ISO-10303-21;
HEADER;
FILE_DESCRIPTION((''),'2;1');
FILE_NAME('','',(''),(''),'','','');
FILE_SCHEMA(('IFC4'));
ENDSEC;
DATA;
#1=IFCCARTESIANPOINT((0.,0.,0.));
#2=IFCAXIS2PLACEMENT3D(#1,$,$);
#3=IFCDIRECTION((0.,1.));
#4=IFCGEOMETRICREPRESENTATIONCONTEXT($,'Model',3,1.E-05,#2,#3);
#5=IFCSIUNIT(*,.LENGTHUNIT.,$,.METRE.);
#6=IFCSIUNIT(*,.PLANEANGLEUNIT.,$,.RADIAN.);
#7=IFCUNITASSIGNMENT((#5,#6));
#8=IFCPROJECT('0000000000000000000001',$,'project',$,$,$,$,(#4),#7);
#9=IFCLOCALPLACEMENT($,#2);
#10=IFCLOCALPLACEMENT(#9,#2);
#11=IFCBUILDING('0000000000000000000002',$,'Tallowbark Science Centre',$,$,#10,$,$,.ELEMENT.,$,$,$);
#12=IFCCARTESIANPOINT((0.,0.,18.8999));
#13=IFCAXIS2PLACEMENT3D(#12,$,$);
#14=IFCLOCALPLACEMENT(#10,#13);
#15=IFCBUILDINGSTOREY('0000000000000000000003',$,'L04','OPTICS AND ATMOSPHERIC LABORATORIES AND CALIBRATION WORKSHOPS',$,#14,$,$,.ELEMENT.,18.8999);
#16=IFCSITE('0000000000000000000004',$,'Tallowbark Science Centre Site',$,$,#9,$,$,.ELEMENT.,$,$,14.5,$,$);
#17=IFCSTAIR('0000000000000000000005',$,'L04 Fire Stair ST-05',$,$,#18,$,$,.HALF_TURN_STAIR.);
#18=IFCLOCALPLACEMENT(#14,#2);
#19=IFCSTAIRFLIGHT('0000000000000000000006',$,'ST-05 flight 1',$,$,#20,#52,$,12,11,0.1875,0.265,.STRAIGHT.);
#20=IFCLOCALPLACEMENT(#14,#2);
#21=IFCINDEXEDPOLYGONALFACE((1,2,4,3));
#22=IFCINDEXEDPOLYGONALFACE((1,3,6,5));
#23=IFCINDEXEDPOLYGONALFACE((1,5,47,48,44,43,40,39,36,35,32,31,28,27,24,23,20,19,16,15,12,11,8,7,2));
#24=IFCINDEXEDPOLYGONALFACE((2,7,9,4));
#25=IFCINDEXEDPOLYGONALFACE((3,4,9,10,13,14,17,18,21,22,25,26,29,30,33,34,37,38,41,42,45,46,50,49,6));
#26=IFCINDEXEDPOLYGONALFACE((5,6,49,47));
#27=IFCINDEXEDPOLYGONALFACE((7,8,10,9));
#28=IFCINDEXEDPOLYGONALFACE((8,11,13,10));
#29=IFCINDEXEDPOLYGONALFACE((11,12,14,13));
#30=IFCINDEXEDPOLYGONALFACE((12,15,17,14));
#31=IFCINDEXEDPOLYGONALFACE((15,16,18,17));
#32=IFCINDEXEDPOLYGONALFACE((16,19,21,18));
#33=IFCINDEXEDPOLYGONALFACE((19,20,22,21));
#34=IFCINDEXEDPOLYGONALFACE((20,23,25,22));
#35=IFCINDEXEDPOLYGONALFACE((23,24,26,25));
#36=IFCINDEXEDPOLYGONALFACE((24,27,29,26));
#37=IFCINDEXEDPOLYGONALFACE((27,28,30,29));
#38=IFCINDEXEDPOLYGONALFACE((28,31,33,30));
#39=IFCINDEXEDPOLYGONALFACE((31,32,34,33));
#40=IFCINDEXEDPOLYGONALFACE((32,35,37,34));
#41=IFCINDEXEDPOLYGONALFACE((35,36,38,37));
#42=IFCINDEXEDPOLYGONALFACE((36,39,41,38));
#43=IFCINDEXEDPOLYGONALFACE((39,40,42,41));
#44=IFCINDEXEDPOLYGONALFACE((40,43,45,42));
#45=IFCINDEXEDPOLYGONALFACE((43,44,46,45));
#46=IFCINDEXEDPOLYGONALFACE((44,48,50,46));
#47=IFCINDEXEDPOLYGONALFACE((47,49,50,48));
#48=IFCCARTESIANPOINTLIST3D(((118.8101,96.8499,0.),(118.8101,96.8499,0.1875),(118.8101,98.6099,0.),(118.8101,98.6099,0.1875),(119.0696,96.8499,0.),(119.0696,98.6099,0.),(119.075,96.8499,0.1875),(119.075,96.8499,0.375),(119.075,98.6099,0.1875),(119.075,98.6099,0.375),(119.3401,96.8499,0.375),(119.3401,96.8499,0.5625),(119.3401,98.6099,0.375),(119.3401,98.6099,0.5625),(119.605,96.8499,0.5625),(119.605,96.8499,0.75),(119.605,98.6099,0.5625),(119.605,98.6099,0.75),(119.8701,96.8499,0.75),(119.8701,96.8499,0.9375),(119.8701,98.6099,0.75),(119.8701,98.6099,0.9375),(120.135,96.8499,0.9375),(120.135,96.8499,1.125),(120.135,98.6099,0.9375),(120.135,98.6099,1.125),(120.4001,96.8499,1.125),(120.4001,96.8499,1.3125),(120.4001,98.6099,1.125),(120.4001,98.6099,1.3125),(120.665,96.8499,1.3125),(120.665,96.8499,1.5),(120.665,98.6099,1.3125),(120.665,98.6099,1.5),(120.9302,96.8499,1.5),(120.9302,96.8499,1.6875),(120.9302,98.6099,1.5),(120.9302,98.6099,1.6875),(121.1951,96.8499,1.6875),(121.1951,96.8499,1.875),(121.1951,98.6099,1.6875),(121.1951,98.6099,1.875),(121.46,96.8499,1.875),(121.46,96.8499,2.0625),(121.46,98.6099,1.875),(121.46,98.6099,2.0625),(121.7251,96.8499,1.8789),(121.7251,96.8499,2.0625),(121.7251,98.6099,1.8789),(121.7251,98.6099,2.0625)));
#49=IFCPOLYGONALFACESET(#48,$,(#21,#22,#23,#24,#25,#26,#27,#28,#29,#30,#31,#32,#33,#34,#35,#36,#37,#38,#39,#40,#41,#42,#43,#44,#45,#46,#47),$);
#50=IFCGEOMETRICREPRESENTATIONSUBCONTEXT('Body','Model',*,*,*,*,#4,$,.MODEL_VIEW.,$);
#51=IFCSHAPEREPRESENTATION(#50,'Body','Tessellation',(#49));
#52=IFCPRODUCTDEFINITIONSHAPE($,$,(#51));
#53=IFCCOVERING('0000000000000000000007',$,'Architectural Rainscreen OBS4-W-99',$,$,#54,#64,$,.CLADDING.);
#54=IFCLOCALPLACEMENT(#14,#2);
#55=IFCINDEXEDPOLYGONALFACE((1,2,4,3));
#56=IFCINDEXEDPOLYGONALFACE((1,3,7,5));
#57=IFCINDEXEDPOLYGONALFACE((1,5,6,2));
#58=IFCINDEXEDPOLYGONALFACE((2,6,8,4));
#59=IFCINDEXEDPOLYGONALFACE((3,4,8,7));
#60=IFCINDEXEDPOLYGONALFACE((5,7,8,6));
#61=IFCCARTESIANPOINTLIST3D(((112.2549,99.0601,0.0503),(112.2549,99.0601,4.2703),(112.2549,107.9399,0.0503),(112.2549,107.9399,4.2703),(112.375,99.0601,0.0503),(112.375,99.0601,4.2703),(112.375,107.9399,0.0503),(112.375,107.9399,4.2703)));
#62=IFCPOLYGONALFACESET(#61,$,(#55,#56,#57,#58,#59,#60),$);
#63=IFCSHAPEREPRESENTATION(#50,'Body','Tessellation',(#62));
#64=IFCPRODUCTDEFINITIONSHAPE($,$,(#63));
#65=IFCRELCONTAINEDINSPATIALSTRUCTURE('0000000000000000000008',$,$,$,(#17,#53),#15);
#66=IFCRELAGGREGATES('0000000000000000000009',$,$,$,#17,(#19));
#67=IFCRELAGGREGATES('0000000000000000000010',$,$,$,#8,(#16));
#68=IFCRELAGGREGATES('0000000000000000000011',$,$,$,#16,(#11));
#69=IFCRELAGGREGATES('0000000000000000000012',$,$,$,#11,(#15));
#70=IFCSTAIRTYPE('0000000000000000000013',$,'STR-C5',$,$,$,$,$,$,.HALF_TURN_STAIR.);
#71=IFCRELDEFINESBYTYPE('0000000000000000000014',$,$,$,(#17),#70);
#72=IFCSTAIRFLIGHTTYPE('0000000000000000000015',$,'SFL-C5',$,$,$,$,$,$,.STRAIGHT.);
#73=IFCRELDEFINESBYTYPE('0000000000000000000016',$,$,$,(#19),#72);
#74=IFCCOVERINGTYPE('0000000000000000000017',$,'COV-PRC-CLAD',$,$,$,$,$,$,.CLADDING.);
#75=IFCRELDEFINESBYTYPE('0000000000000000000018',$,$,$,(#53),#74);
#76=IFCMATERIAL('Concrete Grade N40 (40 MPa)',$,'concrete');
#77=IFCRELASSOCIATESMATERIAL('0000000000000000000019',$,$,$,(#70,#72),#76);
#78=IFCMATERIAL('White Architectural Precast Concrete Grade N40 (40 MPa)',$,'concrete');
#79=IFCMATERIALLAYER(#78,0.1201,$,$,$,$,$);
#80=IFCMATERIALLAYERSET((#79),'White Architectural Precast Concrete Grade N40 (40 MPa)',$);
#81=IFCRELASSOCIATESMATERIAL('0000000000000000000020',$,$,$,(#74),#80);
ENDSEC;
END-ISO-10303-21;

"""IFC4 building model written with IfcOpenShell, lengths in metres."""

from ifc_helpers import new_model, si_unit, direction, frame, origin, origin_2d, place, context, subcontext, project, spatial, polyline, rectangle, outline, extrude, material, layer, layer_set, type_object, element, aggregate, save


model = new_model("IFC4")

# Units and contexts
model_context = context("Model", 3, precision=1e-05, world=origin(), true_north=direction((0.0, 1.0)))
body_context = subcontext(model_context, "Body", "Model", "MODEL_VIEW")
ifc_project = project(units=[si_unit("LENGTHUNIT", "METRE"), si_unit("PLANEANGLEUNIT", "RADIAN")], contexts=[model_context])

# Site, building, storey
site_placement = place(None, origin())
site = spatial("IfcSite", under=ifc_project, at=site_placement, Name="Tallowbark Science Centre Site", CompositionType="ELEMENT", RefElevation=14.5)
building_placement = place(site_placement, origin())
building = spatial("IfcBuilding", under=site, at=building_placement, Name="Tallowbark Science Centre", CompositionType="ELEMENT")
storey_placement = place(building_placement, frame((0.0, 0.0, 18.8999)))
storey = spatial("IfcBuildingStorey", under=building, at=storey_placement, Name="L04", Description="OPTICS AND ATMOSPHERIC LABORATORIES AND CALIBRATION WORKSHOPS", CompositionType="ELEMENT", Elevation=18.8999)

# Shared definitions
ifc_material_1 = material(Name="Concrete Grade N40 (40 MPa)", Category="concrete")

# Stair, stair flight
stair_type = type_object("IfcStairType", Name="STR-C5", PredefinedType="HALF_TURN_STAIR", material=ifc_material_1)
stair_placement = place(storey_placement, origin())
stair = element("IfcStair", 1, at=stair_placement, inside=storey, type_object=stair_type, Name="L04 Fire Stair ST-05", PredefinedType="HALF_TURN_STAIR")
stair_flight_type = type_object("IfcStairFlightType", Name="SFL-C5", PredefinedType="STRAIGHT", material=ifc_material_1)
stair_flight_placement = place(storey_placement, frame((118.8101, 97.73, 0.0), z_axis=(0.0, 0.0, 1.0), x_axis=(1.0, 0.0, 0.0)))
stair_flight = element("IfcStairFlight", 2, at=stair_flight_placement, type_object=stair_flight_type, Name="ST-05 flight 1", NumberOfRisers=12, NumberOfTreads=11, PredefinedType="STRAIGHT", RiserHeight=0.1875, TreadLength=0.265, context=body_context, shape_type="SweptSolid", body=[
    extrude(outline(polyline([(0.0, 0.0), (0.0, 0.1875), (0.2649, 0.1875), (0.2649, 0.375), (0.53, 0.375), (0.53, 0.5625), (0.7949, 0.5625), (0.7949, 0.75), (1.0601, 0.75), (1.0601, 0.9375), (1.325, 0.9375), (1.325, 1.125), (1.5901, 1.125), (1.5901, 1.3125), (1.855, 1.3125), (1.855, 1.5), (2.1201, 1.5), (2.1201, 1.6875), (2.385, 1.6875), (2.385, 1.875), (2.6499, 1.875), (2.6499, 2.0625), (2.915, 2.0625), (2.915, 2.25), (2.915, 1.8789), (0.2595, 0.0), (0.0, 0.0)])), frame((0.0, 0.8799, 0.0), z_axis=(0.0, -1.0, 0.0), x_axis=(1.0, 0.0, 0.0)), (0.0, 0.0, 1.0), 1.76),
])
aggregate(stair, [stair_flight])

# Covering
ifc_material_2 = material(Name="White Architectural Precast Concrete Grade N40 (40 MPa)", Category="concrete")
ifc_layer_1 = layer(ifc_material_2, 0.1201)
ifc_layer_set_1 = layer_set([ifc_layer_1], Name="White Architectural Precast Concrete Grade N40 (40 MPa)")
covering_type = type_object("IfcCoveringType", Name="COV-PRC-CLAD", PredefinedType="CLADDING", material=ifc_layer_set_1)
covering_placement = place(storey_placement, frame((112.3149, 103.5, 0.0503), z_axis=(0.0, 0.0, 1.0), x_axis=(0.0, -1.0, 0.0)))
element("IfcCovering", 3, at=covering_placement, inside=storey, type_object=covering_type, Name="Architectural Rainscreen OBS4-W-99", PredefinedType="CLADDING", context=body_context, shape_type="SweptSolid", body=[
    extrude(rectangle(XDim=8.8799, YDim=0.1201, at=origin_2d()), origin(), (0.0, 0.0, 1.0), 4.22),
])

save(model, "model.ifc")
